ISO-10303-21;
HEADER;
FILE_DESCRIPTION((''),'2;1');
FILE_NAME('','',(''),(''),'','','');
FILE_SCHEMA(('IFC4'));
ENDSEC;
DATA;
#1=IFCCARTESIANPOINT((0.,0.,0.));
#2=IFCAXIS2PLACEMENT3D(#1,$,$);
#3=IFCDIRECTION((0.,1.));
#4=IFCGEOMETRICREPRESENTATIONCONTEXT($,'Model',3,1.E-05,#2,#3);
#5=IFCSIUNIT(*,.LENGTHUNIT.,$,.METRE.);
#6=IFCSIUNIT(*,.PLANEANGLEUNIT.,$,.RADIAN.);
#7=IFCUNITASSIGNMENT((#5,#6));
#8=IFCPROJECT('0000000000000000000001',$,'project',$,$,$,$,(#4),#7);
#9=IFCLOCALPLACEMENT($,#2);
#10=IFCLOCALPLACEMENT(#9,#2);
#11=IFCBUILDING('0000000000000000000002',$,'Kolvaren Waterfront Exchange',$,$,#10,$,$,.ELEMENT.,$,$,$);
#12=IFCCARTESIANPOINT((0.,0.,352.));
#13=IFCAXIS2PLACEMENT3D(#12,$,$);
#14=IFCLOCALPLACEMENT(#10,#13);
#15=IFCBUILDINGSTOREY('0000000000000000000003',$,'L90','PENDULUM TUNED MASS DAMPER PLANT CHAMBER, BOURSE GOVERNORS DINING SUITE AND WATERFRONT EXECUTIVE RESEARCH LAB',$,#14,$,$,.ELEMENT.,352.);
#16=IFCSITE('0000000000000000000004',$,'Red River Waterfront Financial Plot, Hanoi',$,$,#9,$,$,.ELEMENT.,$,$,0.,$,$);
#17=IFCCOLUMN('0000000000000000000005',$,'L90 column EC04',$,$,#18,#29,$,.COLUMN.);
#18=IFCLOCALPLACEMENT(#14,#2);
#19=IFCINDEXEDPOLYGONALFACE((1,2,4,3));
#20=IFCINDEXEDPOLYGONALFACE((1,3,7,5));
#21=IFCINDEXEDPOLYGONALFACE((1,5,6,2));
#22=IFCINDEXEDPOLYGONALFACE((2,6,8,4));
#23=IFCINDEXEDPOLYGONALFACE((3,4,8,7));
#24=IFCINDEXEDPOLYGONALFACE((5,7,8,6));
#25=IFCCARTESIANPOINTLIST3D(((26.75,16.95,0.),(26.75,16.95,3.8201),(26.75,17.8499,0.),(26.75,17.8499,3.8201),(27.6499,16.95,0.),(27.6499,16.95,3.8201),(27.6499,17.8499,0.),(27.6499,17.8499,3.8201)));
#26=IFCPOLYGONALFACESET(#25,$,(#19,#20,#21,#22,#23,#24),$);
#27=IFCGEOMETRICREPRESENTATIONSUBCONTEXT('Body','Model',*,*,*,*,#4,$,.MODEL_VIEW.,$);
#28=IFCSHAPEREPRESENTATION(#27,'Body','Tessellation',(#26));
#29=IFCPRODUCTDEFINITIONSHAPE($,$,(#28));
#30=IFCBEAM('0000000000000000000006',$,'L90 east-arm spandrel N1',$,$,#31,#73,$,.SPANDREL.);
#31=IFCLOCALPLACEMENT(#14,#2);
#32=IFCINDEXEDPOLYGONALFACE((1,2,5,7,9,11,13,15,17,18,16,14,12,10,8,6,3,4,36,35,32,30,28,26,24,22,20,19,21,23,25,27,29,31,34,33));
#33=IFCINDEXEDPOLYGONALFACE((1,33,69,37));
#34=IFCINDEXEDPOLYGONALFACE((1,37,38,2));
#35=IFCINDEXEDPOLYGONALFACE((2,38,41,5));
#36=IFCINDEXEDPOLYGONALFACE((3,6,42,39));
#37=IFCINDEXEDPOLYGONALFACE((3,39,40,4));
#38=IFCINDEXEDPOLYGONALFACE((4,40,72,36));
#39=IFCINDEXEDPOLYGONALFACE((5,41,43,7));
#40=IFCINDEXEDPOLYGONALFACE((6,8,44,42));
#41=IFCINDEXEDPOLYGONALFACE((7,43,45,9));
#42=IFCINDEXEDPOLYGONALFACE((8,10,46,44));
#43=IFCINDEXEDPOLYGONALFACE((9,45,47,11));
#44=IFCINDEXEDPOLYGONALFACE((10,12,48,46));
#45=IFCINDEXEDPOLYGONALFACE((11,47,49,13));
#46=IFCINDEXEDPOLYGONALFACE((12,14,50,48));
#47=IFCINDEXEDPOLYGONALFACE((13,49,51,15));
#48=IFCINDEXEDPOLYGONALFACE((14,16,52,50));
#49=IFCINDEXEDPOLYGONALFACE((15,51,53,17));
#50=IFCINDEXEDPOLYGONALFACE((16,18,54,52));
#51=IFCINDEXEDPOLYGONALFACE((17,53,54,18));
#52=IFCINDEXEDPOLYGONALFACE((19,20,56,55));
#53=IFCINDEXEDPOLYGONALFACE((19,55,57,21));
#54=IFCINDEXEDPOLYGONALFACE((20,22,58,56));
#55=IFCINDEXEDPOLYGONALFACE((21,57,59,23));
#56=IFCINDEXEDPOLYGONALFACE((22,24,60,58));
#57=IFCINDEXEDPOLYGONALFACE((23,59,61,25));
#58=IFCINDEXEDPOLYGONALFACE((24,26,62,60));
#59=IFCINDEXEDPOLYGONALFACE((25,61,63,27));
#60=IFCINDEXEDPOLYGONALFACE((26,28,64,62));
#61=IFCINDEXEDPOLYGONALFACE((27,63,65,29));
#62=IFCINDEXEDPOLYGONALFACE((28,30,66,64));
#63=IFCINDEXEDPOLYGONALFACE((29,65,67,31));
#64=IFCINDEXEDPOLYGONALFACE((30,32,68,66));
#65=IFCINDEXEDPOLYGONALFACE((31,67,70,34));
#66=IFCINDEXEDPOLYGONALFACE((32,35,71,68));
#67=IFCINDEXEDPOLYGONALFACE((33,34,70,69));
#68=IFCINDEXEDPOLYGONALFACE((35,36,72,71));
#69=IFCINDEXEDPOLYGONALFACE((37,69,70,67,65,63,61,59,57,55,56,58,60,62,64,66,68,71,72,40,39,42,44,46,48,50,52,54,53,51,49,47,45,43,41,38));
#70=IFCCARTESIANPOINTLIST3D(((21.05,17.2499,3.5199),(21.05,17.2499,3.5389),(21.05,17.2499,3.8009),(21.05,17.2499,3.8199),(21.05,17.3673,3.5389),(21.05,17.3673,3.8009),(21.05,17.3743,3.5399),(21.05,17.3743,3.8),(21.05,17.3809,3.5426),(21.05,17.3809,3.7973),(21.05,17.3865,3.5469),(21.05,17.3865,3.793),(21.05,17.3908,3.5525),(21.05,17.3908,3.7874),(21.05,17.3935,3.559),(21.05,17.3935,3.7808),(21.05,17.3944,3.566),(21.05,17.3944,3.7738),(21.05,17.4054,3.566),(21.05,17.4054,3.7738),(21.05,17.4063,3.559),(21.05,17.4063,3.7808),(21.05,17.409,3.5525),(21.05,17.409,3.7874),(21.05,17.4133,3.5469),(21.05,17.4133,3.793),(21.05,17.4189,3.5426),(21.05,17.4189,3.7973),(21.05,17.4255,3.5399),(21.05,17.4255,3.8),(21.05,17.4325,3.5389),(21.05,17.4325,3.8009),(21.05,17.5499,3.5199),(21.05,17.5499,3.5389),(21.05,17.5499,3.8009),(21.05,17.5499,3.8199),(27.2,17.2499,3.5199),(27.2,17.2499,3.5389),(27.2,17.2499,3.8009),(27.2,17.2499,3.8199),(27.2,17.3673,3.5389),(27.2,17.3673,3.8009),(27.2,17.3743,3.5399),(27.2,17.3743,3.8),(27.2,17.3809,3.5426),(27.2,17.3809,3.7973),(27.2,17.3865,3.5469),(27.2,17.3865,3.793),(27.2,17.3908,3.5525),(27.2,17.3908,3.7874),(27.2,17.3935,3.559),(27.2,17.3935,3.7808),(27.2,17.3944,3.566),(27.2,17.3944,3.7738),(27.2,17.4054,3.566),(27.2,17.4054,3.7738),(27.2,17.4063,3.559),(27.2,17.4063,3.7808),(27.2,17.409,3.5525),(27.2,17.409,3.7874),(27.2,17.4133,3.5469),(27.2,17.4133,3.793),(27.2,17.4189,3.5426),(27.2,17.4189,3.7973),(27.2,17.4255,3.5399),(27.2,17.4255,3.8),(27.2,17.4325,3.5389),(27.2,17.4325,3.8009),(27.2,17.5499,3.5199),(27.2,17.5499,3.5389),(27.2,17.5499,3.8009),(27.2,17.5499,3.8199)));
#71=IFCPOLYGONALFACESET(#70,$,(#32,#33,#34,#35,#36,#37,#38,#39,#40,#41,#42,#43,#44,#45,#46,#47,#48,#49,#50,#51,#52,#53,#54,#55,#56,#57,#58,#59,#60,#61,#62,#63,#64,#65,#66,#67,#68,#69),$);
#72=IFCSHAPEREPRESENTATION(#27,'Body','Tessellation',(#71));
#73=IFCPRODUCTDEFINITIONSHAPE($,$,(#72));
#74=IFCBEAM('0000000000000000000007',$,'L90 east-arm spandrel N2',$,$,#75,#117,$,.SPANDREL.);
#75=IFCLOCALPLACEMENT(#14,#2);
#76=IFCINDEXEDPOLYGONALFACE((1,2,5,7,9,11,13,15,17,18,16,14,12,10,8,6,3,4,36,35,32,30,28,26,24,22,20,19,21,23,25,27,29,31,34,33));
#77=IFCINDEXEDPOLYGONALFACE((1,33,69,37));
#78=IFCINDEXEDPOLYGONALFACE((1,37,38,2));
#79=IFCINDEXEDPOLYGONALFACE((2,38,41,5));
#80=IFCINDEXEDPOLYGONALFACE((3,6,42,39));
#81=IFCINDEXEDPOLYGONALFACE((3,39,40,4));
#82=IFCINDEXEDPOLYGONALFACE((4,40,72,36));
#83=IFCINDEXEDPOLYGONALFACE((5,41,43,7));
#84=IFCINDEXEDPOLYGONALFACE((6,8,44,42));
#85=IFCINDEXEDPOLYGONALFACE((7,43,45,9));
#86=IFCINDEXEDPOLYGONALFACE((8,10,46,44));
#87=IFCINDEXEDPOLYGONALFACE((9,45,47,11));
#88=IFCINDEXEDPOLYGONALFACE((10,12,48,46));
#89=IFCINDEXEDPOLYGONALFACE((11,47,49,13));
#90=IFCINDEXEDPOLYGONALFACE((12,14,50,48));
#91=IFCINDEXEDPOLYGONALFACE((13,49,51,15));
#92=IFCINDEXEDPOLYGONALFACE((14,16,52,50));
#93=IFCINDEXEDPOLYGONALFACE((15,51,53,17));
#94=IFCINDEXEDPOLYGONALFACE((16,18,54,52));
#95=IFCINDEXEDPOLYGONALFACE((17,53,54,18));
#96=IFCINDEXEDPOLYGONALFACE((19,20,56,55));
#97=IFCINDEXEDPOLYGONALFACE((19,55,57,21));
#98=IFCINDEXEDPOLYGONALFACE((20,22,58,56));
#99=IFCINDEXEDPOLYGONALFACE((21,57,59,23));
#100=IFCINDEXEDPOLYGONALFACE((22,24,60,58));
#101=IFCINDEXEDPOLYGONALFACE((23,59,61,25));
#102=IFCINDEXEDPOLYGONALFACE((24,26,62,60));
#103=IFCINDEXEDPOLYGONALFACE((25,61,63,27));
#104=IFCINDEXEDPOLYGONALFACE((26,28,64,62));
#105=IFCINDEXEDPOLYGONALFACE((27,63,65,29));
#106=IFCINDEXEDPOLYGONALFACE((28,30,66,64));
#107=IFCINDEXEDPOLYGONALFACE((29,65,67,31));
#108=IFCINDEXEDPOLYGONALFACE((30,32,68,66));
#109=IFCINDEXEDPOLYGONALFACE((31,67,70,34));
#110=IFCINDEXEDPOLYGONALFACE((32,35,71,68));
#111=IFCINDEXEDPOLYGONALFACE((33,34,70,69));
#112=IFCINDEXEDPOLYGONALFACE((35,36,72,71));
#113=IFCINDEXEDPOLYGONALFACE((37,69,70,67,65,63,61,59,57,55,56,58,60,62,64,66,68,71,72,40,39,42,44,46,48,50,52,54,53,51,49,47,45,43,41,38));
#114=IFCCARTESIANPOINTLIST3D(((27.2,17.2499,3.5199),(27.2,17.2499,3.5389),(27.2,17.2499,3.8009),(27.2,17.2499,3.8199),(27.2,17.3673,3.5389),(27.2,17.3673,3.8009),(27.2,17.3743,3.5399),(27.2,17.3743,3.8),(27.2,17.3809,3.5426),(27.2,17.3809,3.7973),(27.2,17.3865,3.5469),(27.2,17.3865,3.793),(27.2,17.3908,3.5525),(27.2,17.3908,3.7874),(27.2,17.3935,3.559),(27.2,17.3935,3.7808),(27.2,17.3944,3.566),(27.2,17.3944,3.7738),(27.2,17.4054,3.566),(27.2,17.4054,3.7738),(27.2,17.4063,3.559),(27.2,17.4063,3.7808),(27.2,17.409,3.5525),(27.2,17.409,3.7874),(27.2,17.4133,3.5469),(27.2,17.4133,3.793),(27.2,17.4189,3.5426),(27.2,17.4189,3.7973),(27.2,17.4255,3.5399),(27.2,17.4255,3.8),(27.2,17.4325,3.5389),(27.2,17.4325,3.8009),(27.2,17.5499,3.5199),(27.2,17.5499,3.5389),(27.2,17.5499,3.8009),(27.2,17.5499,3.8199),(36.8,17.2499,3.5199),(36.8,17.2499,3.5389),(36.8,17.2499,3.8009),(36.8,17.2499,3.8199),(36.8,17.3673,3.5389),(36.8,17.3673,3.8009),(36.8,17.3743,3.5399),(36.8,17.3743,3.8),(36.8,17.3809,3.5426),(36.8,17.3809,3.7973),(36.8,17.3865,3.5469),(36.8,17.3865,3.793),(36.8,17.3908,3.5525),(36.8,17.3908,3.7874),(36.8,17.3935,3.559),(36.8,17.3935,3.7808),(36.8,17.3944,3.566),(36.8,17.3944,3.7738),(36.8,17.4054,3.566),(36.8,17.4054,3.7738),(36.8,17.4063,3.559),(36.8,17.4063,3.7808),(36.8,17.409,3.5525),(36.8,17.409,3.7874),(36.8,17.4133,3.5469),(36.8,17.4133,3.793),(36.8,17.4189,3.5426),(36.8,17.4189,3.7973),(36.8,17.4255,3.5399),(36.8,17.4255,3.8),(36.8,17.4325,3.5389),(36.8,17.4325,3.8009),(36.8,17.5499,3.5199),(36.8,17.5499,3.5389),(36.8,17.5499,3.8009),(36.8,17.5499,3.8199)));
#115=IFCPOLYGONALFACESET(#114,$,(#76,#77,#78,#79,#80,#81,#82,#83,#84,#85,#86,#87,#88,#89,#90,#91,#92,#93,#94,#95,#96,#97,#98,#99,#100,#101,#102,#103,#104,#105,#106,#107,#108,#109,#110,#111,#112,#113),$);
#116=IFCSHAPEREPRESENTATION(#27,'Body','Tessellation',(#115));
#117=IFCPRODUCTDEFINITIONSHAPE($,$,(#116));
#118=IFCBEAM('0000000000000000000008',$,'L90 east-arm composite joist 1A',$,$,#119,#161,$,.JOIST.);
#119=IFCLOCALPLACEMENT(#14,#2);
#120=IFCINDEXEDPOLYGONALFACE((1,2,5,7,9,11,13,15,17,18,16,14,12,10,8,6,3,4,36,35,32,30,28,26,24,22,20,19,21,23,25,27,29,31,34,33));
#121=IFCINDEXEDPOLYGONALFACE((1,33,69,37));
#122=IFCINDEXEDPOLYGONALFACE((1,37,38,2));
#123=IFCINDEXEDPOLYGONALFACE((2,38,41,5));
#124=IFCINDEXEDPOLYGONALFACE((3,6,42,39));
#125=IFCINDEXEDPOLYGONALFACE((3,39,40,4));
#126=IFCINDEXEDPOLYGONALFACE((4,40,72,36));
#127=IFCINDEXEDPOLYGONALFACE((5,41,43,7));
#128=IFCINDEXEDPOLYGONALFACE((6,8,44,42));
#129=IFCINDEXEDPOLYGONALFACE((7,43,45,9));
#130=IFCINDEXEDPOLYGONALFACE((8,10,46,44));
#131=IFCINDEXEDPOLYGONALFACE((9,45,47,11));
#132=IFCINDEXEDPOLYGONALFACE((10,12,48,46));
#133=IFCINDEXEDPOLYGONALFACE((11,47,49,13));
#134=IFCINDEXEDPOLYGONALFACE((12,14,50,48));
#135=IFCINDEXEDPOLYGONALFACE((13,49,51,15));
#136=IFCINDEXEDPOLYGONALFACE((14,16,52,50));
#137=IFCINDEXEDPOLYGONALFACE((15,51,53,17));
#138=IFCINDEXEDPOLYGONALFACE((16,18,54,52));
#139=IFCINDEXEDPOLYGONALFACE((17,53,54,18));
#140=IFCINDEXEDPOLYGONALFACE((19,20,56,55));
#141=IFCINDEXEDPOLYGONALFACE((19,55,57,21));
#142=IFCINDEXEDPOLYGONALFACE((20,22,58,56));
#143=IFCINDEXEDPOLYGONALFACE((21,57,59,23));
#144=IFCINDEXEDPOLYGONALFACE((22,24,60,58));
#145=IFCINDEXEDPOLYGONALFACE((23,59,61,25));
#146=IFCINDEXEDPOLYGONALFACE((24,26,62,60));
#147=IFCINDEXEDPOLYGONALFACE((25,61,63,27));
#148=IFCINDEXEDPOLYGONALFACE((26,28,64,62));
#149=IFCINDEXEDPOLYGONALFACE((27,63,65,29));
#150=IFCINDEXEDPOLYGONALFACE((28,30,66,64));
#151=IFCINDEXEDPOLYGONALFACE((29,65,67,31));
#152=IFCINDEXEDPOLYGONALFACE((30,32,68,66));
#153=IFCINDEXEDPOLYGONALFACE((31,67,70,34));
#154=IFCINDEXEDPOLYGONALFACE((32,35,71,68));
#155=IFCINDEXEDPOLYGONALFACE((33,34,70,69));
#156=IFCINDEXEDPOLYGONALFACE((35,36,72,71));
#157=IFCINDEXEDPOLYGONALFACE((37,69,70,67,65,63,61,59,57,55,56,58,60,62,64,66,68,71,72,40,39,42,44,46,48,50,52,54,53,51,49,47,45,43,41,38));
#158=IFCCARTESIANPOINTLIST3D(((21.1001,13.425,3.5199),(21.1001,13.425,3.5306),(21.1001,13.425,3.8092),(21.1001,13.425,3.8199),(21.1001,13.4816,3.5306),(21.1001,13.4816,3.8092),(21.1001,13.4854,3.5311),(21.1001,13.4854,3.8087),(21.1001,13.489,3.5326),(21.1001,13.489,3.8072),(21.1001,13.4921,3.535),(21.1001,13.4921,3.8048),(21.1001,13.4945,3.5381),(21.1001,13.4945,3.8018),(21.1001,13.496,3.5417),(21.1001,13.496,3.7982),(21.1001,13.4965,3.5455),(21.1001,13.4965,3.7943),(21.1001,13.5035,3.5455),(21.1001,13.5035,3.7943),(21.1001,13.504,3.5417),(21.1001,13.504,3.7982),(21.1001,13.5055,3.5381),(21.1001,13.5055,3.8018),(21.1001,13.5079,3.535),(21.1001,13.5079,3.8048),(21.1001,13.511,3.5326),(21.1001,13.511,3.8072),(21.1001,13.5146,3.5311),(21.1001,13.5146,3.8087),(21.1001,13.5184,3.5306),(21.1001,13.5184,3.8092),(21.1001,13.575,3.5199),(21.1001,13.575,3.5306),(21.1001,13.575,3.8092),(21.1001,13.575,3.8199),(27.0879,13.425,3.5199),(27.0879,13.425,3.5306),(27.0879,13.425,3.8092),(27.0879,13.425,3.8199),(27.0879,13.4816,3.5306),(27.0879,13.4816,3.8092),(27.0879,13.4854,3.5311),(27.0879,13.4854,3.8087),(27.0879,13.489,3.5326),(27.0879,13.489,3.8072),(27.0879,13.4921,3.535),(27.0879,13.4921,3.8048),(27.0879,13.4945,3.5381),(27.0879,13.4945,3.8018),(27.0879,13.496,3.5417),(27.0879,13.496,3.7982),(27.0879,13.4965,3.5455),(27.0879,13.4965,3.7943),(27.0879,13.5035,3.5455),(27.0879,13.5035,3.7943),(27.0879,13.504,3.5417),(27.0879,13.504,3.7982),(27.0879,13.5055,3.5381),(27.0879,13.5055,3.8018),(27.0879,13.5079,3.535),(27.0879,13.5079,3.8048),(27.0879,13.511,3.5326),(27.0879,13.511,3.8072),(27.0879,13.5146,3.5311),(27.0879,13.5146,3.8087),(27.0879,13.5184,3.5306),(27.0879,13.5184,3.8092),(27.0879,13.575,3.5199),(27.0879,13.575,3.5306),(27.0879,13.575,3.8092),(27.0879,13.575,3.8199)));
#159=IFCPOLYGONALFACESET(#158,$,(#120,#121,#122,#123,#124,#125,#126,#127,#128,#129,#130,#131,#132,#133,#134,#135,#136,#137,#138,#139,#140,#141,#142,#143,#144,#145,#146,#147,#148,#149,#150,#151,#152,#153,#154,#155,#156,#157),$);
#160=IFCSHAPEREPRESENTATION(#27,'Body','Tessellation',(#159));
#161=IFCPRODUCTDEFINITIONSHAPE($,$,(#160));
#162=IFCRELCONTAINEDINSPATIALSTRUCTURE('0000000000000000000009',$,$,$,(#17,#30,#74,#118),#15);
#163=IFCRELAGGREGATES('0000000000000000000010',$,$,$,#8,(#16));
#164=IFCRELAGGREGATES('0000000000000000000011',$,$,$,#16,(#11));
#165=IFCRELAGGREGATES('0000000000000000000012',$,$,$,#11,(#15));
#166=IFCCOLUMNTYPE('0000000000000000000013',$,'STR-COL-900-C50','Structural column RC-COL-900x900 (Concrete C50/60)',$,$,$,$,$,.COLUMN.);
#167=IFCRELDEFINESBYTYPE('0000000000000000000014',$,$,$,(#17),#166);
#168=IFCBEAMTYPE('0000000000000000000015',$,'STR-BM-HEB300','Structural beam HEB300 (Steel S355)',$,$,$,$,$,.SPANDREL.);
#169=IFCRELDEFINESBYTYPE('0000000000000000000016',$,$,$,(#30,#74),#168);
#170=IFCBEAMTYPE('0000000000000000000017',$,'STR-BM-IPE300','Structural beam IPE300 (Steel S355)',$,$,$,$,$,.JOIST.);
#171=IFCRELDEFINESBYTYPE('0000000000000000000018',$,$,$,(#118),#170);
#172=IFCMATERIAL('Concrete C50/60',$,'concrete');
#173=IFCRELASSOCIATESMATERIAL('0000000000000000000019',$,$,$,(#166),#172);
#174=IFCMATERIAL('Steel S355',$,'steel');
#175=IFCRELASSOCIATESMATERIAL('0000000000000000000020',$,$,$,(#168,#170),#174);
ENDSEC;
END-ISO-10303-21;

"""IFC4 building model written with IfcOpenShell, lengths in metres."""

from ifc_helpers import new_model, si_unit, direction, frame, origin, origin_2d, place, context, subcontext, project, spatial, rectangle, i_section, extrude, material, material_profile, profile_set, type_object, element, save


model = new_model("IFC4")

# Units and contexts
model_context = context("Model", 3, precision=1e-05, world=origin(), true_north=direction((0.0, 1.0)))
body_context = subcontext(model_context, "Body", "Model", "MODEL_VIEW")
ifc_project = project(units=[si_unit("LENGTHUNIT", "METRE"), si_unit("PLANEANGLEUNIT", "RADIAN")], contexts=[model_context])

# Site, building, storey
site_placement = place(None, origin())
site = spatial("IfcSite", under=ifc_project, at=site_placement, Name="Red River Waterfront Financial Plot, Hanoi", CompositionType="ELEMENT", RefElevation=0.0)
building_placement = place(site_placement, origin())
building = spatial("IfcBuilding", under=site, at=building_placement, Name="Kolvaren Waterfront Exchange", CompositionType="ELEMENT")
storey_placement = place(building_placement, frame((0.0, 0.0, 352.0)))
storey = spatial("IfcBuildingStorey", under=building, at=storey_placement, Name="L90", Description="PENDULUM TUNED MASS DAMPER PLANT CHAMBER, BOURSE GOVERNORS DINING SUITE AND WATERFRONT EXECUTIVE RESEARCH LAB", CompositionType="ELEMENT", Elevation=352.0)

# Column
ifc_material_1 = material(Name="Concrete C50/60", Category="concrete")
ifc_material_profile_1 = material_profile(ifc_material_1, rectangle(XDim=0.8999, YDim=0.8999, at=origin_2d()), Name="RC-COL-900x900")
ifc_profile_set_1 = profile_set([ifc_material_profile_1], Name="Concrete C50/60")
column_type = type_object("IfcColumnType", Name="STR-COL-900-C50", Description="Structural column RC-COL-900x900 (Concrete C50/60)", PredefinedType="COLUMN", material=ifc_profile_set_1)
column_placement = place(storey_placement, frame((27.2, 17.3999, 0.0), z_axis=(0.0, 0.0, 1.0), x_axis=(1.0, 0.0, 0.0)))
element("IfcColumn", 1, at=column_placement, inside=storey, type_object=column_type, Name="L90 column EC04", PredefinedType="COLUMN", context=body_context, shape_type="SweptSolid", body=[
    extrude(rectangle(XDim=0.8999, YDim=0.8999, at=origin_2d()), origin(), (0.0, 0.0, 1.0), 3.8201),
])

# Beams
ifc_material_2 = material(Name="Steel S355", Category="steel")
ifc_material_profile_2 = material_profile(ifc_material_2, i_section(OverallWidth=0.3, OverallDepth=0.3, WebThickness=0.011, FlangeThickness=0.019, FilletRadius=0.0271, at=origin_2d()), Name="HEB300")
ifc_profile_set_2 = profile_set([ifc_material_profile_2], Name="Steel S355")
beam_type_1 = type_object("IfcBeamType", Name="STR-BM-HEB300", Description="Structural beam HEB300 (Steel S355)", PredefinedType="SPANDREL", material=ifc_profile_set_2)
beam_1_placement = place(storey_placement, frame((21.05, 17.3999, 3.6699), z_axis=(1.0, 0.0, 0.0), x_axis=(0.0, 1.0, 0.0)))
element("IfcBeam", 2, at=beam_1_placement, inside=storey, type_object=beam_type_1, Name="L90 east-arm spandrel N1", PredefinedType="SPANDREL", context=body_context, shape_type="SweptSolid", body=[
    extrude(i_section(OverallWidth=0.3, OverallDepth=0.3, WebThickness=0.011, FlangeThickness=0.019, FilletRadius=0.0271, at=origin_2d()), origin(), (0.0, 0.0, 1.0), 6.1499),
])
beam_2_placement = place(storey_placement, frame((27.2, 17.3999, 3.6699), z_axis=(1.0, 0.0, 0.0), x_axis=(0.0, 1.0, 0.0)))
element("IfcBeam", 3, at=beam_2_placement, inside=storey, type_object=beam_type_1, Name="L90 east-arm spandrel N2", PredefinedType="SPANDREL", context=body_context, shape_type="SweptSolid", body=[
    extrude(i_section(OverallWidth=0.3, OverallDepth=0.3, WebThickness=0.011, FlangeThickness=0.019, FilletRadius=0.0271, at=origin_2d()), origin(), (0.0, 0.0, 1.0), 9.6001),
])
ifc_material_profile_3 = material_profile(ifc_material_2, i_section(OverallWidth=0.1499, OverallDepth=0.3, WebThickness=0.0071, FlangeThickness=0.0107, FilletRadius=0.0149, at=origin_2d()), Name="IPE300")
ifc_profile_set_3 = profile_set([ifc_material_profile_3], Name="Steel S355")
beam_type_2 = type_object("IfcBeamType", Name="STR-BM-IPE300", Description="Structural beam IPE300 (Steel S355)", PredefinedType="JOIST", material=ifc_profile_set_3)
for number, where, z_axis, x_axis, name in (
    (4, (21.1001, 13.5, 3.6699), (1.0, 0.0, 0.0), (0.0, 1.0, 0.0), "L90 east-arm composite joist 1A"),
):
    element("IfcBeam", number, at=place(storey_placement, frame(where, z_axis=z_axis, x_axis=x_axis)), inside=storey, type_object=beam_type_2, Name=name, PredefinedType="JOIST", context=body_context, shape_type="SweptSolid", body=[
        extrude(i_section(OverallWidth=0.1499, OverallDepth=0.3, WebThickness=0.0071, FlangeThickness=0.0107, FilletRadius=0.0149, at=origin_2d()), origin(), (0.0, 0.0, 1.0), 5.9878),
    ])

save(model, "model.ifc")
